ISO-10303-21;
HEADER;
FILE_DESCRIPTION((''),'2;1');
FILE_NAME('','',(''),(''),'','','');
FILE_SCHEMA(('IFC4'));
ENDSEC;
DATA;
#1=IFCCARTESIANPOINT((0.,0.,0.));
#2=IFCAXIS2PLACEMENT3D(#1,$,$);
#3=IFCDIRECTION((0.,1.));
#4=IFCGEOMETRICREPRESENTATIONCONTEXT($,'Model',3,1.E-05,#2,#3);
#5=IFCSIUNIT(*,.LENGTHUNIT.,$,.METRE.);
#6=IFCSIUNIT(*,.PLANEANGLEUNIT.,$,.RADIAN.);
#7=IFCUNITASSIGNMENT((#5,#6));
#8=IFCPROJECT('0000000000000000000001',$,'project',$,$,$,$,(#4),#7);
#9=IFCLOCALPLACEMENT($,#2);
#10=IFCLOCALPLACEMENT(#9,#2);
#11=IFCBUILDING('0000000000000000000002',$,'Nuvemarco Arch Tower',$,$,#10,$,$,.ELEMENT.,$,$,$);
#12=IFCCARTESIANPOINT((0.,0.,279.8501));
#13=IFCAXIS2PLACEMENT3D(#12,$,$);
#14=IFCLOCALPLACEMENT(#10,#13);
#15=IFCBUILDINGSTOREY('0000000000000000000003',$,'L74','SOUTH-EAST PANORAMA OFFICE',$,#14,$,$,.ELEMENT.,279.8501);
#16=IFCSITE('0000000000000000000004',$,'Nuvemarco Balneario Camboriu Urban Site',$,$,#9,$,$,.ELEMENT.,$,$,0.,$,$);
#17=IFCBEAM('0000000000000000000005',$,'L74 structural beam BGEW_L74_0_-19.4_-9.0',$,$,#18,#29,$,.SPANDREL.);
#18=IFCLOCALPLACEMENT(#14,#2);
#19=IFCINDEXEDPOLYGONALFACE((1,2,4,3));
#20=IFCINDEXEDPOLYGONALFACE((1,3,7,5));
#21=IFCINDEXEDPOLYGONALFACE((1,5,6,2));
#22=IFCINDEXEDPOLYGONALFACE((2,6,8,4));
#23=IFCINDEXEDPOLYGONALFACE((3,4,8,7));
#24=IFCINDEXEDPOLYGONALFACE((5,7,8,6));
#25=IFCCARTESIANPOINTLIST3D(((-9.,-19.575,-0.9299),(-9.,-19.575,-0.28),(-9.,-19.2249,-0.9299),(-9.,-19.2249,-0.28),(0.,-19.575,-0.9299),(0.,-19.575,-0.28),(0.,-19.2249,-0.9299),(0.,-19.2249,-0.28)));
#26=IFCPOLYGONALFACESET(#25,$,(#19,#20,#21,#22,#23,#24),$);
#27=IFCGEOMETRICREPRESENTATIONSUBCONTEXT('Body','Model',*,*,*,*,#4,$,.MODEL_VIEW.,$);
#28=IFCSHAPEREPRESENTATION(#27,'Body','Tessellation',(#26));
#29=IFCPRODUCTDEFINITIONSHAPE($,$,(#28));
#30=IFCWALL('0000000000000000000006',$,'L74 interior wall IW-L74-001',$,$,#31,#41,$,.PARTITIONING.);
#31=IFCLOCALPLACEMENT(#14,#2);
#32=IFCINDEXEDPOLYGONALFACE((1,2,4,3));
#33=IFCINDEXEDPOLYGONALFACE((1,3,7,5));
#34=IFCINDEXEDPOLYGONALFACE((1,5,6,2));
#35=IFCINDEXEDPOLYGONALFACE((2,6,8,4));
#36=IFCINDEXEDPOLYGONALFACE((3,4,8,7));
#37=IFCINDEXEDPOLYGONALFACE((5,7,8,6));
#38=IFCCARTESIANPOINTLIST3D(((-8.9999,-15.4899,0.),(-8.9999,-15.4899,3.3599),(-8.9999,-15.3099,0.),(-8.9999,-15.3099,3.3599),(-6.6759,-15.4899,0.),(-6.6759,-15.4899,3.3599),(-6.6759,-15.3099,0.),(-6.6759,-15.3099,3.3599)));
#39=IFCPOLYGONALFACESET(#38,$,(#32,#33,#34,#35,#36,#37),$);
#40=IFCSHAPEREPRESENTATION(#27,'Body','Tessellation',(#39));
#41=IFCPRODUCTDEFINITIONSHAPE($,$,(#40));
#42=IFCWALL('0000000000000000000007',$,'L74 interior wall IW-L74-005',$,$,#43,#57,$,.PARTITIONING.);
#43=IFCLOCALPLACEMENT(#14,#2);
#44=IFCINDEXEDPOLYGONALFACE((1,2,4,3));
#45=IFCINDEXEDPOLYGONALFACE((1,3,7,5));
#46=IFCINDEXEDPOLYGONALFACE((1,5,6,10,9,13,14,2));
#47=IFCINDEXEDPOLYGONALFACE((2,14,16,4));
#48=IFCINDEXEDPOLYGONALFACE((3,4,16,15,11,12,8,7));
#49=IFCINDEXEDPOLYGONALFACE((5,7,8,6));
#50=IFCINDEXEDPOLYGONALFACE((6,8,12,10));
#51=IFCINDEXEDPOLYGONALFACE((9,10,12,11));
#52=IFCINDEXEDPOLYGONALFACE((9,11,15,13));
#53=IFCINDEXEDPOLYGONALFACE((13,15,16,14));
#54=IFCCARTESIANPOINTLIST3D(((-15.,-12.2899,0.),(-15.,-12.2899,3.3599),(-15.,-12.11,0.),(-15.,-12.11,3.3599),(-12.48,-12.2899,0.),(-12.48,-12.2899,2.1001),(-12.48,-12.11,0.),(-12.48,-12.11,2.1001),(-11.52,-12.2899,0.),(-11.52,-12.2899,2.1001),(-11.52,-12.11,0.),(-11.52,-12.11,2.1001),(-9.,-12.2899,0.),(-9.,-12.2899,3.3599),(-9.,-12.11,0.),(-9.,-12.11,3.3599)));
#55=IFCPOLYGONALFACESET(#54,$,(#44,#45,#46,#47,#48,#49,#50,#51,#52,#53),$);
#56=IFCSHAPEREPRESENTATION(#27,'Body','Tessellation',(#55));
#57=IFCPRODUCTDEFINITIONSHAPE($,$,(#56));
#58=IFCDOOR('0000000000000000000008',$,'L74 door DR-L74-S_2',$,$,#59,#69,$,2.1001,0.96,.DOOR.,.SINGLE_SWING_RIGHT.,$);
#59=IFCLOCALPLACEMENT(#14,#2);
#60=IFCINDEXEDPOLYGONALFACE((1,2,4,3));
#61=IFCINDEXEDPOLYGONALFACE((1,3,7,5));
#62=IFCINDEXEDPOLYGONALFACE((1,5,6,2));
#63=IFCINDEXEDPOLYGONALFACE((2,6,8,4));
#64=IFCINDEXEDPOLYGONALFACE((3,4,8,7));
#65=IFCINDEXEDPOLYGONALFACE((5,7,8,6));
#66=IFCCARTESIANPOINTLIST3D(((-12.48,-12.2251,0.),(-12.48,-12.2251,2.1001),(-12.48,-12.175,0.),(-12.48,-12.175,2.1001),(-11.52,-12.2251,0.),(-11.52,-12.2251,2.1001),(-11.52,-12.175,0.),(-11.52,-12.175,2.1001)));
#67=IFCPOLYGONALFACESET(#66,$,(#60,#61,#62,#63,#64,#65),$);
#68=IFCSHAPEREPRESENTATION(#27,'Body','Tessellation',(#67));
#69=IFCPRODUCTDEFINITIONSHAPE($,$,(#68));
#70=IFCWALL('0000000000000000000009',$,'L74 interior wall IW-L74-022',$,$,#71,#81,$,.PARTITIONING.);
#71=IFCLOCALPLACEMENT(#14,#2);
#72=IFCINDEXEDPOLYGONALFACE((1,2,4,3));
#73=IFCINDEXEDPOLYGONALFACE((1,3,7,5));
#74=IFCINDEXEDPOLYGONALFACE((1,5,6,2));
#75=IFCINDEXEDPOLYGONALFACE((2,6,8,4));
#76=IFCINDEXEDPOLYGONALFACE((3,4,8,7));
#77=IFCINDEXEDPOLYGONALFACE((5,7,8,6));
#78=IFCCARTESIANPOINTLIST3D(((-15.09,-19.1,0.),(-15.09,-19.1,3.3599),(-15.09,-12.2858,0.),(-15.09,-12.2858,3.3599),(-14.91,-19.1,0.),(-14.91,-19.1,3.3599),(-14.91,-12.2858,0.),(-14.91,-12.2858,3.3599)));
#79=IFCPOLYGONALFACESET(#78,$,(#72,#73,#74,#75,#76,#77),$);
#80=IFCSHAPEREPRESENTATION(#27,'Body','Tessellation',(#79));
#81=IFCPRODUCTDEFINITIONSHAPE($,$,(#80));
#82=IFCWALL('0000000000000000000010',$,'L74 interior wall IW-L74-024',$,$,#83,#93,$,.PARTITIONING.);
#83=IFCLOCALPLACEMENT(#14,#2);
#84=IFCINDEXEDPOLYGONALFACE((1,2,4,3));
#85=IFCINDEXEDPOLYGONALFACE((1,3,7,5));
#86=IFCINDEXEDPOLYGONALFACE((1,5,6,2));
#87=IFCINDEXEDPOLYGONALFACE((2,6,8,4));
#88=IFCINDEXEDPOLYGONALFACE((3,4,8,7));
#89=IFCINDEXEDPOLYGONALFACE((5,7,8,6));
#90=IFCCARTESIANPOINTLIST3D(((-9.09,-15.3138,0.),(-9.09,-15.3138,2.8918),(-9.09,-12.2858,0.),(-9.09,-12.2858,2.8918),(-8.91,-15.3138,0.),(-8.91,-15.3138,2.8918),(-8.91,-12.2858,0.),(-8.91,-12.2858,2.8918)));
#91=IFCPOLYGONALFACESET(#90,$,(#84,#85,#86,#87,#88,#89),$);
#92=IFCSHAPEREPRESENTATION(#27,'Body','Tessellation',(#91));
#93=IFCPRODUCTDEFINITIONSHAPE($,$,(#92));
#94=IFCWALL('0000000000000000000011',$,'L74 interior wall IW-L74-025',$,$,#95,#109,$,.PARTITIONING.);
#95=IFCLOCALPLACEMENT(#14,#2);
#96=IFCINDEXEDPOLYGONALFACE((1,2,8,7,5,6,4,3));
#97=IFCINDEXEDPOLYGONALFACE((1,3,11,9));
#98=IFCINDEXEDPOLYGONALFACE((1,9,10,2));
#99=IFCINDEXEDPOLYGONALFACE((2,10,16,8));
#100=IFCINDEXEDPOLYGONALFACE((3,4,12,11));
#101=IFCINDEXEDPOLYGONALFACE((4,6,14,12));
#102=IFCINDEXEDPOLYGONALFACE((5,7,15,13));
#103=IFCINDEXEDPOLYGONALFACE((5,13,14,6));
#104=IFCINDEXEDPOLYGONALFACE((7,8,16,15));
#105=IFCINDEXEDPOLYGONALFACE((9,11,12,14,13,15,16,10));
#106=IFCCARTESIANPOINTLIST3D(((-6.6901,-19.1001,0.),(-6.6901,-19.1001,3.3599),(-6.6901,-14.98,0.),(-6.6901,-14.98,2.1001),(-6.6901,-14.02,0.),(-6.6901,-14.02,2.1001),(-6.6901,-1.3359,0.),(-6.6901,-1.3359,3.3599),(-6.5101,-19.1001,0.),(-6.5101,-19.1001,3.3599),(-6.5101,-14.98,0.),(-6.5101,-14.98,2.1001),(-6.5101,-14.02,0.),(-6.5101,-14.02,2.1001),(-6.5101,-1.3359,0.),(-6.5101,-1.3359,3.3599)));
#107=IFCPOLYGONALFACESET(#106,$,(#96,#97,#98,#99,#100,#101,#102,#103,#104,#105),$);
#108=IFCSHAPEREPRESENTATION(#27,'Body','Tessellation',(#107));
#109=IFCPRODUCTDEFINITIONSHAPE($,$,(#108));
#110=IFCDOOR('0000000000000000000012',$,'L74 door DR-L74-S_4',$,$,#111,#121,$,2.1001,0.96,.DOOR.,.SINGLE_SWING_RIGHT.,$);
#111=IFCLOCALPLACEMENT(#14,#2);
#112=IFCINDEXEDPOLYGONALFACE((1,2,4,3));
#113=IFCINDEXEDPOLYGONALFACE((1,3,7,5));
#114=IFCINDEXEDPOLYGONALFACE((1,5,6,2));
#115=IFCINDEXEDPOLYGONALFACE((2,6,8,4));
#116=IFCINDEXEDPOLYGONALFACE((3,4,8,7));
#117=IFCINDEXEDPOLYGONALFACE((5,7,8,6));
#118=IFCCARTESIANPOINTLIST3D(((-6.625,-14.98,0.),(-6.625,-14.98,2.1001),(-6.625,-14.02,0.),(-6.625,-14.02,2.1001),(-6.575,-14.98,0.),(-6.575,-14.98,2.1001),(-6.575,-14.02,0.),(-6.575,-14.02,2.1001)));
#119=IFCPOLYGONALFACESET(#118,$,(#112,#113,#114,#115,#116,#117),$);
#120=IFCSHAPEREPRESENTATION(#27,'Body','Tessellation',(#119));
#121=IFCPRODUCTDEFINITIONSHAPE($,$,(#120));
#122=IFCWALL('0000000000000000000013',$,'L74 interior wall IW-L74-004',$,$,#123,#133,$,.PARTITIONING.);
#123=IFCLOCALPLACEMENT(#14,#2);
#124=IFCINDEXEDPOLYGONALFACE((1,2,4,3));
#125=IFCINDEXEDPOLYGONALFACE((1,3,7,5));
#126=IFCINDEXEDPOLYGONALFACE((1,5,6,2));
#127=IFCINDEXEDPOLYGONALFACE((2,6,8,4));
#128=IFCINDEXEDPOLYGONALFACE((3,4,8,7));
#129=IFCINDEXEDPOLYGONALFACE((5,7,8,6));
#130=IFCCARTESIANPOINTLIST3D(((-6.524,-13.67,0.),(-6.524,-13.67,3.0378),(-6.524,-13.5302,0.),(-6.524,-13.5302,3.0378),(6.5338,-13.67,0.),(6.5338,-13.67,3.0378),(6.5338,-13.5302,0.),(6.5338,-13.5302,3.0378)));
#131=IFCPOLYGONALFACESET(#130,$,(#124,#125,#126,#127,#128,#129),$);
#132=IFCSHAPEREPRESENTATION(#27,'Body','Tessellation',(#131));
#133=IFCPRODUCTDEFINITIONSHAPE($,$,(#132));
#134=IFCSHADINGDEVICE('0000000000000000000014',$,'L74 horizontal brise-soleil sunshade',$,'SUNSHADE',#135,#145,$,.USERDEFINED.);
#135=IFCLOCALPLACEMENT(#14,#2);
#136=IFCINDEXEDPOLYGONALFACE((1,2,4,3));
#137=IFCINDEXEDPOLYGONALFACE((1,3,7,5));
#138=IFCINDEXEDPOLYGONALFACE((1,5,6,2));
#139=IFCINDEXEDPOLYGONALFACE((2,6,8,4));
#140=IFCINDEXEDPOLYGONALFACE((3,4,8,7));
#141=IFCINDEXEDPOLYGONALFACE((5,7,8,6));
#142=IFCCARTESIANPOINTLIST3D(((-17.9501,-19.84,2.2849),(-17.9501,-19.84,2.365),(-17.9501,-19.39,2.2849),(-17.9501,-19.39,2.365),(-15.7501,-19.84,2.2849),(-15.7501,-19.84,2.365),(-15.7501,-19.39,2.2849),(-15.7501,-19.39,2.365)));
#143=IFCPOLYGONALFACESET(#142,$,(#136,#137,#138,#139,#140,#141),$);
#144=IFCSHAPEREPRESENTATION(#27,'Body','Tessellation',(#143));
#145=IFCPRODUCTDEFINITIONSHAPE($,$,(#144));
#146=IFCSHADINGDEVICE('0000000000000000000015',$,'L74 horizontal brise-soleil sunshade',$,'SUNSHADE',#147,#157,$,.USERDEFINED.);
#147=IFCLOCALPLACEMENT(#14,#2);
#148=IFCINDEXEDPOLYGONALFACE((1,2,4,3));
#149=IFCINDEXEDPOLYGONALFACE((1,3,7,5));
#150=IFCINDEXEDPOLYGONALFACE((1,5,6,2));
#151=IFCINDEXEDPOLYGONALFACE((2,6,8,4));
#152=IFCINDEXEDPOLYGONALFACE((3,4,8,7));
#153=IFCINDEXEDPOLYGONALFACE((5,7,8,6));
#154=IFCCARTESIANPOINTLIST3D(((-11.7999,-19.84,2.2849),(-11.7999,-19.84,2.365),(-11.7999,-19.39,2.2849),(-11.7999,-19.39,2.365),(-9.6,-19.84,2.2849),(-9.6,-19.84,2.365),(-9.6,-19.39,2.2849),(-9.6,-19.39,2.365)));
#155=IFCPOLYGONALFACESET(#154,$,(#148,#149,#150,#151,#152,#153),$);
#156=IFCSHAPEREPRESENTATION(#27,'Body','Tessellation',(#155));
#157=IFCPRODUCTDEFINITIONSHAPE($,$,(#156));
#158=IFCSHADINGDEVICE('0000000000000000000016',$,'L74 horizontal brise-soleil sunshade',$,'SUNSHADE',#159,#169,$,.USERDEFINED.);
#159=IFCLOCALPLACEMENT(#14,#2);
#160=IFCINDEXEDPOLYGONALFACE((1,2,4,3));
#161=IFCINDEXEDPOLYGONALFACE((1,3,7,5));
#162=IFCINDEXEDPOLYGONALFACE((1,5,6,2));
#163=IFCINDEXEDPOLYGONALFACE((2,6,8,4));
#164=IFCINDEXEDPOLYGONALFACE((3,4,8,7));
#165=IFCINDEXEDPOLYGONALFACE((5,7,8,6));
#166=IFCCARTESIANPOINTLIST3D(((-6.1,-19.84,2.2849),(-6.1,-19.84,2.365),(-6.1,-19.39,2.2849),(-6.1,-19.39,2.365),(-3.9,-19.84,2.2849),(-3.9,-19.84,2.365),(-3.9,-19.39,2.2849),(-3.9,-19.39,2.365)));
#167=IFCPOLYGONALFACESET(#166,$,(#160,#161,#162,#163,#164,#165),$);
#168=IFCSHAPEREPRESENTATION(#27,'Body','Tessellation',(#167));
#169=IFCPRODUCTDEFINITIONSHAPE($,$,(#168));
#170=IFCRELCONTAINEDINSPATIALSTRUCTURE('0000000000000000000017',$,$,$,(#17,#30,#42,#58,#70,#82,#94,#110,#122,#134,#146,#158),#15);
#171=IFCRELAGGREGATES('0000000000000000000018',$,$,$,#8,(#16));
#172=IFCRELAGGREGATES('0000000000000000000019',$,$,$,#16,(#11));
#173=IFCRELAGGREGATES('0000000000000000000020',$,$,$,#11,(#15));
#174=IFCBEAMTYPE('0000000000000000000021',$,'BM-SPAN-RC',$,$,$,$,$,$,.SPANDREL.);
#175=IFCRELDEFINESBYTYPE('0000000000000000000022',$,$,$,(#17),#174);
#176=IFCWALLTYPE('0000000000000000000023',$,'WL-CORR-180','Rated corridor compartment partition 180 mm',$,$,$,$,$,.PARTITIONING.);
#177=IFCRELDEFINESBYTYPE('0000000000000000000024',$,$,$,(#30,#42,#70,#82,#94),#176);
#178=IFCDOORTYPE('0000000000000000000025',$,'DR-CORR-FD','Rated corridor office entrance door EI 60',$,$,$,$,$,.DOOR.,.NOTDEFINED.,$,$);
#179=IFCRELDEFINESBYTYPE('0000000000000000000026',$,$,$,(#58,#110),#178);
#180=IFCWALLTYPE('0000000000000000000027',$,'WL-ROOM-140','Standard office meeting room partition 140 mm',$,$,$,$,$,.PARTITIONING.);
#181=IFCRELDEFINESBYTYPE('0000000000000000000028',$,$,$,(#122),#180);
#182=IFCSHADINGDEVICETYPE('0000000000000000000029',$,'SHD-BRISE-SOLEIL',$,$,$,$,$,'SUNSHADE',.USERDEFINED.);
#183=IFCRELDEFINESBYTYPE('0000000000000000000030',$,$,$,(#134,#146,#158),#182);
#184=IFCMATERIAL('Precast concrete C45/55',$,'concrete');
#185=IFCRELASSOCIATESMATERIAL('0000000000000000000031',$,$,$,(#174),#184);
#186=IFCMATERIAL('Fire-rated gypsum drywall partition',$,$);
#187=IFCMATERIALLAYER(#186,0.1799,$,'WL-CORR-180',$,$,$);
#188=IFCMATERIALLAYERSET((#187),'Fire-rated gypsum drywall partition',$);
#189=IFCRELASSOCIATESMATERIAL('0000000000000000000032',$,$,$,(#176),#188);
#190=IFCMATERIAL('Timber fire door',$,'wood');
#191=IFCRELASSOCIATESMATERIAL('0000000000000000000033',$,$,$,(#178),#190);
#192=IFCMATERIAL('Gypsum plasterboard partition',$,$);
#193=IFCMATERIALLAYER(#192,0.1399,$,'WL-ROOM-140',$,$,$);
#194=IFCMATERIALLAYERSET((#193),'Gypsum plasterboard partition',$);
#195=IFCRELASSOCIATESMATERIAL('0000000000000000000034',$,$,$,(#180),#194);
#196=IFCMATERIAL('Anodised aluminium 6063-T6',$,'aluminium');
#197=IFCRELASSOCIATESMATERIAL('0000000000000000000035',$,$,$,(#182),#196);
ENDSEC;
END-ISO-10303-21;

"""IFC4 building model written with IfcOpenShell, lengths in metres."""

from ifc_helpers import new_model, si_unit, direction, frame, frame_2d, origin, origin_2d, place, context, subcontext, project, spatial, rectangle, extrude, source, transform, mapped, material, layer, layer_set, material_profile, profile_set, type_object, type_shapes, element, fill, save


model = new_model("IFC4")

# Units and contexts
model_context = context("Model", 3, precision=1e-05, world=origin(), true_north=direction((0.0, 1.0)))
body_context = subcontext(model_context, "Body", "Model", "MODEL_VIEW")
ifc_project = project(units=[si_unit("LENGTHUNIT", "METRE"), si_unit("PLANEANGLEUNIT", "RADIAN")], contexts=[model_context])

# Site, building, storey
site_placement = place(None, origin())
site = spatial("IfcSite", under=ifc_project, at=site_placement, Name="Nuvemarco Balneario Camboriu Urban Site", CompositionType="ELEMENT", RefElevation=0.0)
building_placement = place(site_placement, origin())
building = spatial("IfcBuilding", under=site, at=building_placement, Name="Nuvemarco Arch Tower", CompositionType="ELEMENT")
storey_placement = place(building_placement, frame((0.0, 0.0, 279.8501)))
storey = spatial("IfcBuildingStorey", under=building, at=storey_placement, Name="L74", Description="SOUTH-EAST PANORAMA OFFICE", CompositionType="ELEMENT", Elevation=279.8501)

# Beam
ifc_material_1 = material(Name="Precast concrete C45/55", Category="concrete")
ifc_material_profile_1 = material_profile(ifc_material_1, rectangle(XDim=0.3501, YDim=0.6499, at=origin_2d()), Name="PC-SP-350x650")
ifc_profile_set_1 = profile_set([ifc_material_profile_1], Name="Precast concrete C45/55")
beam_type_1 = type_object("IfcBeamType", Name="BM-SPAN-RC", PredefinedType="SPANDREL", material=ifc_profile_set_1)
beam_1_placement = place(storey_placement, frame((-9.0, -19.3999, -0.605), z_axis=(1.0, 0.0, 0.0), x_axis=(0.0, 1.0, 0.0)))
element("IfcBeam", 1, at=beam_1_placement, inside=storey, type_object=beam_type_1, Name="L74 structural beam BGEW_L74_0_-19.4_-9.0", PredefinedType="SPANDREL", context=body_context, shape_type="SweptSolid", body=[
    extrude(rectangle(XDim=0.3501, YDim=0.6499, at=origin_2d()), origin(), (0.0, 0.0, 1.0), 9.0),
])

# Wall
ifc_material_2 = material(Name="Fire-rated gypsum drywall partition")
ifc_layer_1 = layer(ifc_material_2, 0.1799, Name="WL-CORR-180")
ifc_layer_set_1 = layer_set([ifc_layer_1], Name="Fire-rated gypsum drywall partition")
wall_type_1 = type_object("IfcWallType", Name="WL-CORR-180", Description="Rated corridor compartment partition 180 mm", PredefinedType="PARTITIONING", material=ifc_layer_set_1)
wall_1_placement = place(storey_placement, frame((-9.0, -15.3999, 0.0), z_axis=(0.0, 0.0, 1.0), x_axis=(1.0, 0.0, 0.0)))
element("IfcWall", 2, at=wall_1_placement, inside=storey, type_object=wall_type_1, Name="L74 interior wall IW-L74-001", PredefinedType="PARTITIONING", context=body_context, shape_type="SweptSolid", body=[
    extrude(rectangle(XDim=2.324, YDim=0.1799, at=frame_2d((1.1621, 0.0))), origin(), (0.0, 0.0, 1.0), 3.3599),
])

# Wall, opening, door
wall_2_placement = place(storey_placement, frame((-15.0, -12.2, 0.0), z_axis=(0.0, 0.0, 1.0), x_axis=(1.0, 0.0, 0.0)))
wall_2 = element("IfcWall", 3, at=wall_2_placement, inside=storey, type_object=wall_type_1, Name="L74 interior wall IW-L74-005", PredefinedType="PARTITIONING", context=body_context, shape_type="SweptSolid", body=[
    extrude(rectangle(XDim=6.0, YDim=0.1799, at=frame_2d((3.0, 0.0))), origin(), (0.0, 0.0, 1.0), 3.3599),
])
opening_1_placement = place(wall_2_placement, frame((2.52, 0.0, 0.0)))
opening_1 = element("IfcOpeningElement", 4, at=opening_1_placement, cuts=wall_2, PredefinedType="OPENING", context=body_context, shape_type="SweptSolid", body=[
    extrude(rectangle(XDim=0.96, YDim=2.1001, at=frame_2d((0.48, 1.05))), frame((0.0, 0.0999, 0.0), z_axis=(0.0, -1.0, 0.0), x_axis=(1.0, 0.0, 0.0)), (0.0, 0.0, 1.0), 0.2),
])
ifc_material_3 = material(Name="Timber fire door", Category="wood")
door_type = type_object("IfcDoorType", Name="DR-CORR-FD", Description="Rated corridor office entrance door EI 60", OperationType="NOTDEFINED", PredefinedType="DOOR", material=ifc_material_3)
shared_shape_1 = source(origin(), body_context, "Body", "SweptSolid", [
    extrude(rectangle(XDim=0.96, YDim=2.1001, at=frame_2d((0.48, 1.05))), frame((0.0, 0.0249, 0.0), z_axis=(0.0, -1.0, 0.0), x_axis=(1.0, 0.0, 0.0)), (0.0, 0.0, 1.0), 0.05),
])
type_shapes(door_type, [shared_shape_1])
door_1_placement = place(opening_1_placement, origin())
door_1 = element("IfcDoor", 5, at=door_1_placement, inside=storey, type_object=door_type, Name="L74 door DR-L74-S_2", OperationType="SINGLE_SWING_RIGHT", OverallHeight=2.1001, OverallWidth=0.96, PredefinedType="DOOR", context=body_context, shape_type="MappedRepresentation", body=[
    mapped(shared_shape_1, transform((0.0, 0.0, 0.0), scale=1.0)),
])
fill(opening_1, door_1)

# Walls
wall_3_placement = place(storey_placement, frame((-15.0, -19.1001, 0.0), z_axis=(0.0, 0.0, 1.0), x_axis=(0.0, 1.0, 0.0)))
element("IfcWall", 6, at=wall_3_placement, inside=storey, type_object=wall_type_1, Name="L74 interior wall IW-L74-022", PredefinedType="PARTITIONING", context=body_context, shape_type="SweptSolid", body=[
    extrude(rectangle(XDim=6.8142, YDim=0.1799, at=frame_2d((3.4072, 0.0))), origin(), (0.0, 0.0, 1.0), 3.3599),
])
wall_4_placement = place(storey_placement, frame((-9.0, -15.314, 0.0), z_axis=(0.0, 0.0, 1.0), x_axis=(0.0, 1.0, 0.0)))
element("IfcWall", 7, at=wall_4_placement, inside=storey, type_object=wall_type_1, Name="L74 interior wall IW-L74-024", PredefinedType="PARTITIONING", context=body_context, shape_type="SweptSolid", body=[
    extrude(rectangle(XDim=3.0281, YDim=0.1799, at=frame_2d((1.5142, 0.0))), origin(), (0.0, 0.0, 1.0), 2.8918),
])

# Wall, opening, door
wall_5_placement = place(storey_placement, frame((-6.6001, -19.1001, 0.0), z_axis=(0.0, 0.0, 1.0), x_axis=(0.0, 1.0, 0.0)))
wall_5 = element("IfcWall", 8, at=wall_5_placement, inside=storey, type_object=wall_type_1, Name="L74 interior wall IW-L74-025", PredefinedType="PARTITIONING", context=body_context, shape_type="SweptSolid", body=[
    extrude(rectangle(XDim=17.7642, YDim=0.1799, at=frame_2d((8.8821, 0.0))), origin(), (0.0, 0.0, 1.0), 3.3599),
])
opening_2_placement = place(wall_5_placement, frame((4.1201, 0.0, 0.0)))
opening_2 = element("IfcOpeningElement", 9, at=opening_2_placement, cuts=wall_5, PredefinedType="OPENING", context=body_context, shape_type="SweptSolid", body=[
    extrude(rectangle(XDim=0.96, YDim=2.1001, at=frame_2d((0.48, 1.05))), frame((0.0, 0.0999, 0.0), z_axis=(0.0, -1.0, 0.0), x_axis=(1.0, 0.0, 0.0)), (0.0, 0.0, 1.0), 0.2),
])
door_2_placement = place(opening_2_placement, origin())
door_2 = element("IfcDoor", 10, at=door_2_placement, inside=storey, type_object=door_type, Name="L74 door DR-L74-S_4", OperationType="SINGLE_SWING_RIGHT", OverallHeight=2.1001, OverallWidth=0.96, PredefinedType="DOOR", context=body_context, shape_type="MappedRepresentation", body=[
    mapped(shared_shape_1, transform((0.0, 0.0, 0.0), scale=1.0)),
])
fill(opening_2, door_2)

# Wall
ifc_material_4 = material(Name="Gypsum plasterboard partition")
ifc_layer_2 = layer(ifc_material_4, 0.1399, Name="WL-ROOM-140")
ifc_layer_set_2 = layer_set([ifc_layer_2], Name="Gypsum plasterboard partition")
wall_type_2 = type_object("IfcWallType", Name="WL-ROOM-140", Description="Standard office meeting room partition 140 mm", PredefinedType="PARTITIONING", material=ifc_layer_set_2)
wall_6_placement = place(storey_placement, frame((-6.5239, -13.6001, 0.0), z_axis=(0.0, 0.0, 1.0), x_axis=(1.0, 0.0, 0.0)))
element("IfcWall", 11, at=wall_6_placement, inside=storey, type_object=wall_type_2, Name="L74 interior wall IW-L74-004", PredefinedType="PARTITIONING", context=body_context, shape_type="SweptSolid", body=[
    extrude(rectangle(XDim=13.0579, YDim=0.1399, at=frame_2d((6.5288, 0.0))), origin(), (0.0, 0.0, 1.0), 3.0378),
])

# Shading devices
ifc_material_5 = material(Name="Anodised aluminium 6063-T6", Category="aluminium")
shading_device_type = type_object("IfcShadingDeviceType", Name="SHD-BRISE-SOLEIL", ElementType="SUNSHADE", PredefinedType="USERDEFINED", material=ifc_material_5)
shared_shape_2 = source(origin(), body_context, "Body", "SweptSolid", [
    extrude(rectangle(XDim=2.2, YDim=0.45, at=origin_2d()), origin(), (0.0, 0.0, 1.0), 0.0801),
])
type_shapes(shading_device_type, [shared_shape_2])
for number, where, z_axis, x_axis, name in (
    (12, (-16.8501, -19.615, 2.2849), (0.0, 0.0, 1.0), (1.0, 0.0, 0.0), "L74 horizontal brise-soleil sunshade"),
    (13, (-10.7, -19.615, 2.2849), (0.0, 0.0, 1.0), (1.0, 0.0, 0.0), "L74 horizontal brise-soleil sunshade"),
    (14, (-5.0, -19.615, 2.2849), (0.0, 0.0, 1.0), (1.0, 0.0, 0.0), "L74 horizontal brise-soleil sunshade"),
):
    element("IfcShadingDevice", number, at=place(storey_placement, frame(where, z_axis=z_axis, x_axis=x_axis)), inside=storey, type_object=shading_device_type, Name=name, ObjectType="SUNSHADE", PredefinedType="USERDEFINED", context=body_context, shape_type="MappedRepresentation", body=[
        mapped(shared_shape_2, transform((0.0, 0.0, 0.0), scale=1.0)),
    ])

save(model, "model.ifc")
